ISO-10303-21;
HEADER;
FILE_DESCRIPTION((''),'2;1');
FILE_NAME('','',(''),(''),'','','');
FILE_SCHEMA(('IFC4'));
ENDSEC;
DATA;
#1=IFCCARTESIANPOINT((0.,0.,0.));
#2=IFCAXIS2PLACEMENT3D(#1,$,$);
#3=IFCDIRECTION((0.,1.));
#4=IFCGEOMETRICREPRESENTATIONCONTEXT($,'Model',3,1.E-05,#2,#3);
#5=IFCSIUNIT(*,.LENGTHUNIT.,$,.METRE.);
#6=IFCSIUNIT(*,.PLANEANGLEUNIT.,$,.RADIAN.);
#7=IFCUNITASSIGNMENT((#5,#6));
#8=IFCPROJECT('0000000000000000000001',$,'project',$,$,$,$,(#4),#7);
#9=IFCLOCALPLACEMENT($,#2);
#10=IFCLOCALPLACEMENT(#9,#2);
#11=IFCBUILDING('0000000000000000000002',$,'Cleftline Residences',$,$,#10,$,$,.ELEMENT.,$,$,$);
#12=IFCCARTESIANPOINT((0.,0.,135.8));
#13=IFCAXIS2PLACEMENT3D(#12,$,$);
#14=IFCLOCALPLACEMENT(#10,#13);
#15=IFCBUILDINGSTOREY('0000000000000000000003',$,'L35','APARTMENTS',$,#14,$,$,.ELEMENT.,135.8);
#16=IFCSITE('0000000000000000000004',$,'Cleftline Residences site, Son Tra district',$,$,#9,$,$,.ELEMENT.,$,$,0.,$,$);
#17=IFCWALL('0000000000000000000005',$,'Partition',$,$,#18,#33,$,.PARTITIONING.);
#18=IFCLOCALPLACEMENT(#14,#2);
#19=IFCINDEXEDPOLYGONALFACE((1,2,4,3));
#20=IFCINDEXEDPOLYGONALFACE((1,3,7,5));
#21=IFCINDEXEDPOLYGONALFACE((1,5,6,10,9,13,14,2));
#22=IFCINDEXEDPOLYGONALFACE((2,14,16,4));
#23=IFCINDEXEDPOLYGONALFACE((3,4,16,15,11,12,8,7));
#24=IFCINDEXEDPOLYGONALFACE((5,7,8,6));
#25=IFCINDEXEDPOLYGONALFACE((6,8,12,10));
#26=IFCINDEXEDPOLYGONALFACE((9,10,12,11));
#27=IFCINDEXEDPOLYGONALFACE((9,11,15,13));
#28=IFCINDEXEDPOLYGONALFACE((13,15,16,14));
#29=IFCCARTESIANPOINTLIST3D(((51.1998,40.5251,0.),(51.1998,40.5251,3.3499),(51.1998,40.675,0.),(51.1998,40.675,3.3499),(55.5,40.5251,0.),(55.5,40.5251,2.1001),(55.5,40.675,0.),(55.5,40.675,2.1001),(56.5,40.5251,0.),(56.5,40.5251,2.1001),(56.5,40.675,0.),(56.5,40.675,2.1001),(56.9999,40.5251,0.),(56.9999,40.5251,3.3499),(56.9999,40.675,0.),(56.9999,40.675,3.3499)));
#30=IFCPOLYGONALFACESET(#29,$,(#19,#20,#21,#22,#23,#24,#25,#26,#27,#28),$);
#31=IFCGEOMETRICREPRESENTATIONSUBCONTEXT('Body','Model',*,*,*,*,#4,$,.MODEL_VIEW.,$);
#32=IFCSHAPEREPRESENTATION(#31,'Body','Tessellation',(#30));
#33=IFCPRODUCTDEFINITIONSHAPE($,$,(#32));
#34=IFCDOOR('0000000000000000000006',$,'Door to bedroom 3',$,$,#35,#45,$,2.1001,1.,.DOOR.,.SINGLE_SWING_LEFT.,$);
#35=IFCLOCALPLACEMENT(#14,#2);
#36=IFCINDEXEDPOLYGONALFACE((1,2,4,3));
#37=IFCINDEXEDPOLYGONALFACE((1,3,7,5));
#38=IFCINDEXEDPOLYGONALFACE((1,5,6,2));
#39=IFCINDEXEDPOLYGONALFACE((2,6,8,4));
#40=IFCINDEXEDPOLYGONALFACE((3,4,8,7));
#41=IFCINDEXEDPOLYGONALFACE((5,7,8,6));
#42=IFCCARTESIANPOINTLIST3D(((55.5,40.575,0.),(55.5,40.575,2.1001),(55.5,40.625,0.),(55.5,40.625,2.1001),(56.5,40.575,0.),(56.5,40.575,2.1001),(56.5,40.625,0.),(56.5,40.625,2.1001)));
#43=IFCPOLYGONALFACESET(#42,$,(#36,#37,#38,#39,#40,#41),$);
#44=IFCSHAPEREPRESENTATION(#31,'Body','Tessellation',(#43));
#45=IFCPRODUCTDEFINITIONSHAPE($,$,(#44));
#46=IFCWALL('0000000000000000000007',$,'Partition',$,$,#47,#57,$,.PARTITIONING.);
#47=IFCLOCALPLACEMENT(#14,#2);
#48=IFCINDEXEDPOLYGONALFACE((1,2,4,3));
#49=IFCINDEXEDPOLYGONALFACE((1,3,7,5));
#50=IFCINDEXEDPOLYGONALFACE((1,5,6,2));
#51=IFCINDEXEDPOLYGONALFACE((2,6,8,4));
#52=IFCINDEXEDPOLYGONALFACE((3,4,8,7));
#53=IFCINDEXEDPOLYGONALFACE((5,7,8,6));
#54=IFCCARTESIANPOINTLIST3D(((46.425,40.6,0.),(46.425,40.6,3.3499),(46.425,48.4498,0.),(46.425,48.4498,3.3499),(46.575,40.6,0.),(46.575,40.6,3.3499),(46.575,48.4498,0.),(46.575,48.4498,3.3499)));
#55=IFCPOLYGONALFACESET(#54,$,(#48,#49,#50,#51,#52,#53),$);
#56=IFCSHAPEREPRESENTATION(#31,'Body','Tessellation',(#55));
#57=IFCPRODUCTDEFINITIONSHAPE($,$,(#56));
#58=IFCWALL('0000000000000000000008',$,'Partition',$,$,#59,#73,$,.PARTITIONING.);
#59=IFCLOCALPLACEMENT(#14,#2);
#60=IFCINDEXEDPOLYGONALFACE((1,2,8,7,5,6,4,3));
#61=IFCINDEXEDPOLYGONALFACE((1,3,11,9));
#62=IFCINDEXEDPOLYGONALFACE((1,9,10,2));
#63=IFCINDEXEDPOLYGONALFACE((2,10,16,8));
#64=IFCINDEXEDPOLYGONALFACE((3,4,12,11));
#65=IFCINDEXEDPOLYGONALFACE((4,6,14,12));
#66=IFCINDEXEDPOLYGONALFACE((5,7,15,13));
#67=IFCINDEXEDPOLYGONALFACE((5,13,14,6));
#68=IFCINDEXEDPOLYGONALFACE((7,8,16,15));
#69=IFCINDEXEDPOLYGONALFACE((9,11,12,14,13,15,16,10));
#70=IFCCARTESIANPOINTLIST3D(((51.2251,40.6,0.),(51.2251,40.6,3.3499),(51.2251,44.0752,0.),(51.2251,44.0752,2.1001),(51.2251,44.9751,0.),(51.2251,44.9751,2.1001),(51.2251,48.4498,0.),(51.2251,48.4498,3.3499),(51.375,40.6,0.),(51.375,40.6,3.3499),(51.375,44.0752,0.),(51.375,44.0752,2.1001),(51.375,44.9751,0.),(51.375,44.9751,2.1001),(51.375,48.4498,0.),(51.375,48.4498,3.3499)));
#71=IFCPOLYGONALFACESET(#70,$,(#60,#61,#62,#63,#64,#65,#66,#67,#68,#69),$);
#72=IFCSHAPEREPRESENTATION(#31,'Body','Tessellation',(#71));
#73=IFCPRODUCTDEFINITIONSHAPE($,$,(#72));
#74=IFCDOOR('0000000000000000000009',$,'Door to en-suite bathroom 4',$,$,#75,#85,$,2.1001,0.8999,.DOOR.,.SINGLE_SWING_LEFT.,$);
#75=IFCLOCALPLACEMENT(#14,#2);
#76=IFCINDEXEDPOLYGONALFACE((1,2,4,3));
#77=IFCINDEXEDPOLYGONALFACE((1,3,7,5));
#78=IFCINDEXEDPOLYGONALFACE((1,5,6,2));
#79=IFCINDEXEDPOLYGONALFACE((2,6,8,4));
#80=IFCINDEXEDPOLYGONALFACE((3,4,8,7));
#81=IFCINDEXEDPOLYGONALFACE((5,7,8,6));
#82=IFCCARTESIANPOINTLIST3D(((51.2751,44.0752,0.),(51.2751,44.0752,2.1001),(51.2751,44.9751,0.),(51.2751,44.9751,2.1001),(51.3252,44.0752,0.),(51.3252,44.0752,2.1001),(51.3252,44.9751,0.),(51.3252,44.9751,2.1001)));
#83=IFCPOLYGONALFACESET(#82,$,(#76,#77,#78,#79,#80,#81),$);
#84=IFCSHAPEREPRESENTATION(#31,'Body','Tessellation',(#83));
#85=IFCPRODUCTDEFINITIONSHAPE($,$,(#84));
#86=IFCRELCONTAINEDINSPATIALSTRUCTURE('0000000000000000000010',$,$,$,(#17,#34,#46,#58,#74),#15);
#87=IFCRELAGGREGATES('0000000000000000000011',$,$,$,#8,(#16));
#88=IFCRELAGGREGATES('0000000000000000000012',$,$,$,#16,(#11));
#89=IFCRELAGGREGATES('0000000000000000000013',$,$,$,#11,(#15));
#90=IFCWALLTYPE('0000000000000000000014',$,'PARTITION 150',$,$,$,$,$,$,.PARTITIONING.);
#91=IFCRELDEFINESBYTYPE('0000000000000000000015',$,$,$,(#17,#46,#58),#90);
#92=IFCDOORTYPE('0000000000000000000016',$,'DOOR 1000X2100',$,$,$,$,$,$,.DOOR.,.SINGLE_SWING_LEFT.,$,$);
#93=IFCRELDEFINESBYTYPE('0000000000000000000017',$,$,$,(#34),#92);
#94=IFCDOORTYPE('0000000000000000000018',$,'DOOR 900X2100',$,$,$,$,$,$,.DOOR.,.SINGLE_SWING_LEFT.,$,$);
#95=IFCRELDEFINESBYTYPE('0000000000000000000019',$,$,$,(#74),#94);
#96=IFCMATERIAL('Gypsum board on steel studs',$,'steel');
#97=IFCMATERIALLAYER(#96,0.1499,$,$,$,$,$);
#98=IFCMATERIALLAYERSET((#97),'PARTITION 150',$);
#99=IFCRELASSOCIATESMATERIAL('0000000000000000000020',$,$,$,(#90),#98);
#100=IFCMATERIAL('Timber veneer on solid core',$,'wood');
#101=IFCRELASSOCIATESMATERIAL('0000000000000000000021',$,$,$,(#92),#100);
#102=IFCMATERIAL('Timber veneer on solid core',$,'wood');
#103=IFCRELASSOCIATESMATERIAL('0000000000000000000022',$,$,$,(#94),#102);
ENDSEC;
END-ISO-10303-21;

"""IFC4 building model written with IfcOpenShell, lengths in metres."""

from ifc_helpers import new_model, si_unit, direction, frame, frame_2d, origin, place, context, subcontext, project, spatial, rectangle, extrude, material, layer, layer_set, type_object, element, fill, save


model = new_model("IFC4")

# Units and contexts
model_context = context("Model", 3, precision=1e-05, world=origin(), true_north=direction((0.0, 1.0)))
body_context = subcontext(model_context, "Body", "Model", "MODEL_VIEW")
ifc_project = project(units=[si_unit("LENGTHUNIT", "METRE"), si_unit("PLANEANGLEUNIT", "RADIAN")], contexts=[model_context])

# Site, building, storey
site_placement = place(None, origin())
site = spatial("IfcSite", under=ifc_project, at=site_placement, Name="Cleftline Residences site, Son Tra district", CompositionType="ELEMENT", RefElevation=0.0)
building_placement = place(site_placement, origin())
building = spatial("IfcBuilding", under=site, at=building_placement, Name="Cleftline Residences", CompositionType="ELEMENT")
storey_placement = place(building_placement, frame((0.0, 0.0, 135.8)))
storey = spatial("IfcBuildingStorey", under=building, at=storey_placement, Name="L35", Description="APARTMENTS", CompositionType="ELEMENT", Elevation=135.8)

# Shared definitions
ifc_material_1 = material(Name="Gypsum board on steel studs", Category="steel")
ifc_layer_1 = layer(ifc_material_1, 0.1499)
ifc_layer_set_1 = layer_set([ifc_layer_1], Name="PARTITION 150")
wall_type = type_object("IfcWallType", Name="PARTITION 150", PredefinedType="PARTITIONING", material=ifc_layer_set_1)
ifc_material_2 = material(Name="Timber veneer on solid core", Category="wood")
door_type_1 = type_object("IfcDoorType", Name="DOOR 1000X2100", OperationType="SINGLE_SWING_LEFT", PredefinedType="DOOR", material=ifc_material_2)

# Wall, opening, door
wall_1_placement = place(storey_placement, frame((51.2, 40.6001, 0.0), z_axis=(0.0, 0.0, 1.0), x_axis=(1.0, 0.0, 0.0)))
wall_1 = element("IfcWall", 1, at=wall_1_placement, inside=storey, type_object=wall_type, Name="Partition", PredefinedType="PARTITIONING", context=body_context, shape_type="SweptSolid", body=[
    extrude(rectangle(XDim=5.8, YDim=0.1499, at=frame_2d((2.8999, 0.0))), origin(), (0.0, 0.0, 1.0), 3.3499),
])
opening_1_placement = place(wall_1_placement, frame((4.3, 0.0, 0.0)))
opening_1 = element("IfcOpeningElement", 2, at=opening_1_placement, cuts=wall_1, PredefinedType="OPENING", context=body_context, shape_type="SweptSolid", body=[
    extrude(rectangle(XDim=1.0, YDim=2.1001, at=frame_2d((0.5, 1.05))), frame((0.0, 0.085, 0.0), z_axis=(0.0, -1.0, 0.0), x_axis=(1.0, 0.0, 0.0)), (0.0, 0.0, 1.0), 0.1699),
])
door_1_placement = place(opening_1_placement, origin())
door_1 = element("IfcDoor", 3, at=door_1_placement, inside=storey, type_object=door_type_1, Name="Door to bedroom 3", OperationType="SINGLE_SWING_LEFT", OverallHeight=2.1001, OverallWidth=1.0, PredefinedType="DOOR", context=body_context, shape_type="SweptSolid", body=[
    extrude(rectangle(XDim=1.0, YDim=2.1001, at=frame_2d((0.5, 1.05))), frame((0.0, 0.0249, 0.0), z_axis=(0.0, -1.0, 0.0), x_axis=(1.0, 0.0, 0.0)), (0.0, 0.0, 1.0), 0.05),
])
fill(opening_1, door_1)

# Wall
wall_2_placement = place(storey_placement, frame((46.5, 40.6001, 0.0), z_axis=(0.0, 0.0, 1.0), x_axis=(0.0, 1.0, 0.0)))
element("IfcWall", 4, at=wall_2_placement, inside=storey, type_object=wall_type, Name="Partition", PredefinedType="PARTITIONING", context=body_context, shape_type="SweptSolid", body=[
    extrude(rectangle(XDim=7.8499, YDim=0.1499, at=frame_2d((3.9248, 0.0))), origin(), (0.0, 0.0, 1.0), 3.3499),
])

# Wall, opening, door
wall_3_placement = place(storey_placement, frame((51.3, 40.6001, 0.0), z_axis=(0.0, 0.0, 1.0), x_axis=(0.0, 1.0, 0.0)))
wall_3 = element("IfcWall", 5, at=wall_3_placement, inside=storey, type_object=wall_type, Name="Partition", PredefinedType="PARTITIONING", context=body_context, shape_type="SweptSolid", body=[
    extrude(rectangle(XDim=7.8499, YDim=0.1499, at=frame_2d((3.9248, 0.0))), origin(), (0.0, 0.0, 1.0), 3.3499),
])
opening_2_placement = place(wall_3_placement, frame((3.4751, 0.0, 0.0)))
opening_2 = element("IfcOpeningElement", 6, at=opening_2_placement, cuts=wall_3, PredefinedType="OPENING", context=body_context, shape_type="SweptSolid", body=[
    extrude(rectangle(XDim=0.8999, YDim=2.1001, at=frame_2d((0.45, 1.05))), frame((0.0, 0.085, 0.0), z_axis=(0.0, -1.0, 0.0), x_axis=(1.0, 0.0, 0.0)), (0.0, 0.0, 1.0), 0.1699),
])
ifc_material_3 = material(Name="Timber veneer on solid core", Category="wood")
door_type_2 = type_object("IfcDoorType", Name="DOOR 900X2100", OperationType="SINGLE_SWING_LEFT", PredefinedType="DOOR", material=ifc_material_3)
door_2_placement = place(opening_2_placement, origin())
door_2 = element("IfcDoor", 7, at=door_2_placement, inside=storey, type_object=door_type_2, Name="Door to en-suite bathroom 4", OperationType="SINGLE_SWING_LEFT", OverallHeight=2.1001, OverallWidth=0.8999, PredefinedType="DOOR", context=body_context, shape_type="SweptSolid", body=[
    extrude(rectangle(XDim=0.8999, YDim=2.1001, at=frame_2d((0.45, 1.05))), frame((0.0, 0.0249, 0.0), z_axis=(0.0, -1.0, 0.0), x_axis=(1.0, 0.0, 0.0)), (0.0, 0.0, 1.0), 0.05),
])
fill(opening_2, door_2)

save(model, "model.ifc")
